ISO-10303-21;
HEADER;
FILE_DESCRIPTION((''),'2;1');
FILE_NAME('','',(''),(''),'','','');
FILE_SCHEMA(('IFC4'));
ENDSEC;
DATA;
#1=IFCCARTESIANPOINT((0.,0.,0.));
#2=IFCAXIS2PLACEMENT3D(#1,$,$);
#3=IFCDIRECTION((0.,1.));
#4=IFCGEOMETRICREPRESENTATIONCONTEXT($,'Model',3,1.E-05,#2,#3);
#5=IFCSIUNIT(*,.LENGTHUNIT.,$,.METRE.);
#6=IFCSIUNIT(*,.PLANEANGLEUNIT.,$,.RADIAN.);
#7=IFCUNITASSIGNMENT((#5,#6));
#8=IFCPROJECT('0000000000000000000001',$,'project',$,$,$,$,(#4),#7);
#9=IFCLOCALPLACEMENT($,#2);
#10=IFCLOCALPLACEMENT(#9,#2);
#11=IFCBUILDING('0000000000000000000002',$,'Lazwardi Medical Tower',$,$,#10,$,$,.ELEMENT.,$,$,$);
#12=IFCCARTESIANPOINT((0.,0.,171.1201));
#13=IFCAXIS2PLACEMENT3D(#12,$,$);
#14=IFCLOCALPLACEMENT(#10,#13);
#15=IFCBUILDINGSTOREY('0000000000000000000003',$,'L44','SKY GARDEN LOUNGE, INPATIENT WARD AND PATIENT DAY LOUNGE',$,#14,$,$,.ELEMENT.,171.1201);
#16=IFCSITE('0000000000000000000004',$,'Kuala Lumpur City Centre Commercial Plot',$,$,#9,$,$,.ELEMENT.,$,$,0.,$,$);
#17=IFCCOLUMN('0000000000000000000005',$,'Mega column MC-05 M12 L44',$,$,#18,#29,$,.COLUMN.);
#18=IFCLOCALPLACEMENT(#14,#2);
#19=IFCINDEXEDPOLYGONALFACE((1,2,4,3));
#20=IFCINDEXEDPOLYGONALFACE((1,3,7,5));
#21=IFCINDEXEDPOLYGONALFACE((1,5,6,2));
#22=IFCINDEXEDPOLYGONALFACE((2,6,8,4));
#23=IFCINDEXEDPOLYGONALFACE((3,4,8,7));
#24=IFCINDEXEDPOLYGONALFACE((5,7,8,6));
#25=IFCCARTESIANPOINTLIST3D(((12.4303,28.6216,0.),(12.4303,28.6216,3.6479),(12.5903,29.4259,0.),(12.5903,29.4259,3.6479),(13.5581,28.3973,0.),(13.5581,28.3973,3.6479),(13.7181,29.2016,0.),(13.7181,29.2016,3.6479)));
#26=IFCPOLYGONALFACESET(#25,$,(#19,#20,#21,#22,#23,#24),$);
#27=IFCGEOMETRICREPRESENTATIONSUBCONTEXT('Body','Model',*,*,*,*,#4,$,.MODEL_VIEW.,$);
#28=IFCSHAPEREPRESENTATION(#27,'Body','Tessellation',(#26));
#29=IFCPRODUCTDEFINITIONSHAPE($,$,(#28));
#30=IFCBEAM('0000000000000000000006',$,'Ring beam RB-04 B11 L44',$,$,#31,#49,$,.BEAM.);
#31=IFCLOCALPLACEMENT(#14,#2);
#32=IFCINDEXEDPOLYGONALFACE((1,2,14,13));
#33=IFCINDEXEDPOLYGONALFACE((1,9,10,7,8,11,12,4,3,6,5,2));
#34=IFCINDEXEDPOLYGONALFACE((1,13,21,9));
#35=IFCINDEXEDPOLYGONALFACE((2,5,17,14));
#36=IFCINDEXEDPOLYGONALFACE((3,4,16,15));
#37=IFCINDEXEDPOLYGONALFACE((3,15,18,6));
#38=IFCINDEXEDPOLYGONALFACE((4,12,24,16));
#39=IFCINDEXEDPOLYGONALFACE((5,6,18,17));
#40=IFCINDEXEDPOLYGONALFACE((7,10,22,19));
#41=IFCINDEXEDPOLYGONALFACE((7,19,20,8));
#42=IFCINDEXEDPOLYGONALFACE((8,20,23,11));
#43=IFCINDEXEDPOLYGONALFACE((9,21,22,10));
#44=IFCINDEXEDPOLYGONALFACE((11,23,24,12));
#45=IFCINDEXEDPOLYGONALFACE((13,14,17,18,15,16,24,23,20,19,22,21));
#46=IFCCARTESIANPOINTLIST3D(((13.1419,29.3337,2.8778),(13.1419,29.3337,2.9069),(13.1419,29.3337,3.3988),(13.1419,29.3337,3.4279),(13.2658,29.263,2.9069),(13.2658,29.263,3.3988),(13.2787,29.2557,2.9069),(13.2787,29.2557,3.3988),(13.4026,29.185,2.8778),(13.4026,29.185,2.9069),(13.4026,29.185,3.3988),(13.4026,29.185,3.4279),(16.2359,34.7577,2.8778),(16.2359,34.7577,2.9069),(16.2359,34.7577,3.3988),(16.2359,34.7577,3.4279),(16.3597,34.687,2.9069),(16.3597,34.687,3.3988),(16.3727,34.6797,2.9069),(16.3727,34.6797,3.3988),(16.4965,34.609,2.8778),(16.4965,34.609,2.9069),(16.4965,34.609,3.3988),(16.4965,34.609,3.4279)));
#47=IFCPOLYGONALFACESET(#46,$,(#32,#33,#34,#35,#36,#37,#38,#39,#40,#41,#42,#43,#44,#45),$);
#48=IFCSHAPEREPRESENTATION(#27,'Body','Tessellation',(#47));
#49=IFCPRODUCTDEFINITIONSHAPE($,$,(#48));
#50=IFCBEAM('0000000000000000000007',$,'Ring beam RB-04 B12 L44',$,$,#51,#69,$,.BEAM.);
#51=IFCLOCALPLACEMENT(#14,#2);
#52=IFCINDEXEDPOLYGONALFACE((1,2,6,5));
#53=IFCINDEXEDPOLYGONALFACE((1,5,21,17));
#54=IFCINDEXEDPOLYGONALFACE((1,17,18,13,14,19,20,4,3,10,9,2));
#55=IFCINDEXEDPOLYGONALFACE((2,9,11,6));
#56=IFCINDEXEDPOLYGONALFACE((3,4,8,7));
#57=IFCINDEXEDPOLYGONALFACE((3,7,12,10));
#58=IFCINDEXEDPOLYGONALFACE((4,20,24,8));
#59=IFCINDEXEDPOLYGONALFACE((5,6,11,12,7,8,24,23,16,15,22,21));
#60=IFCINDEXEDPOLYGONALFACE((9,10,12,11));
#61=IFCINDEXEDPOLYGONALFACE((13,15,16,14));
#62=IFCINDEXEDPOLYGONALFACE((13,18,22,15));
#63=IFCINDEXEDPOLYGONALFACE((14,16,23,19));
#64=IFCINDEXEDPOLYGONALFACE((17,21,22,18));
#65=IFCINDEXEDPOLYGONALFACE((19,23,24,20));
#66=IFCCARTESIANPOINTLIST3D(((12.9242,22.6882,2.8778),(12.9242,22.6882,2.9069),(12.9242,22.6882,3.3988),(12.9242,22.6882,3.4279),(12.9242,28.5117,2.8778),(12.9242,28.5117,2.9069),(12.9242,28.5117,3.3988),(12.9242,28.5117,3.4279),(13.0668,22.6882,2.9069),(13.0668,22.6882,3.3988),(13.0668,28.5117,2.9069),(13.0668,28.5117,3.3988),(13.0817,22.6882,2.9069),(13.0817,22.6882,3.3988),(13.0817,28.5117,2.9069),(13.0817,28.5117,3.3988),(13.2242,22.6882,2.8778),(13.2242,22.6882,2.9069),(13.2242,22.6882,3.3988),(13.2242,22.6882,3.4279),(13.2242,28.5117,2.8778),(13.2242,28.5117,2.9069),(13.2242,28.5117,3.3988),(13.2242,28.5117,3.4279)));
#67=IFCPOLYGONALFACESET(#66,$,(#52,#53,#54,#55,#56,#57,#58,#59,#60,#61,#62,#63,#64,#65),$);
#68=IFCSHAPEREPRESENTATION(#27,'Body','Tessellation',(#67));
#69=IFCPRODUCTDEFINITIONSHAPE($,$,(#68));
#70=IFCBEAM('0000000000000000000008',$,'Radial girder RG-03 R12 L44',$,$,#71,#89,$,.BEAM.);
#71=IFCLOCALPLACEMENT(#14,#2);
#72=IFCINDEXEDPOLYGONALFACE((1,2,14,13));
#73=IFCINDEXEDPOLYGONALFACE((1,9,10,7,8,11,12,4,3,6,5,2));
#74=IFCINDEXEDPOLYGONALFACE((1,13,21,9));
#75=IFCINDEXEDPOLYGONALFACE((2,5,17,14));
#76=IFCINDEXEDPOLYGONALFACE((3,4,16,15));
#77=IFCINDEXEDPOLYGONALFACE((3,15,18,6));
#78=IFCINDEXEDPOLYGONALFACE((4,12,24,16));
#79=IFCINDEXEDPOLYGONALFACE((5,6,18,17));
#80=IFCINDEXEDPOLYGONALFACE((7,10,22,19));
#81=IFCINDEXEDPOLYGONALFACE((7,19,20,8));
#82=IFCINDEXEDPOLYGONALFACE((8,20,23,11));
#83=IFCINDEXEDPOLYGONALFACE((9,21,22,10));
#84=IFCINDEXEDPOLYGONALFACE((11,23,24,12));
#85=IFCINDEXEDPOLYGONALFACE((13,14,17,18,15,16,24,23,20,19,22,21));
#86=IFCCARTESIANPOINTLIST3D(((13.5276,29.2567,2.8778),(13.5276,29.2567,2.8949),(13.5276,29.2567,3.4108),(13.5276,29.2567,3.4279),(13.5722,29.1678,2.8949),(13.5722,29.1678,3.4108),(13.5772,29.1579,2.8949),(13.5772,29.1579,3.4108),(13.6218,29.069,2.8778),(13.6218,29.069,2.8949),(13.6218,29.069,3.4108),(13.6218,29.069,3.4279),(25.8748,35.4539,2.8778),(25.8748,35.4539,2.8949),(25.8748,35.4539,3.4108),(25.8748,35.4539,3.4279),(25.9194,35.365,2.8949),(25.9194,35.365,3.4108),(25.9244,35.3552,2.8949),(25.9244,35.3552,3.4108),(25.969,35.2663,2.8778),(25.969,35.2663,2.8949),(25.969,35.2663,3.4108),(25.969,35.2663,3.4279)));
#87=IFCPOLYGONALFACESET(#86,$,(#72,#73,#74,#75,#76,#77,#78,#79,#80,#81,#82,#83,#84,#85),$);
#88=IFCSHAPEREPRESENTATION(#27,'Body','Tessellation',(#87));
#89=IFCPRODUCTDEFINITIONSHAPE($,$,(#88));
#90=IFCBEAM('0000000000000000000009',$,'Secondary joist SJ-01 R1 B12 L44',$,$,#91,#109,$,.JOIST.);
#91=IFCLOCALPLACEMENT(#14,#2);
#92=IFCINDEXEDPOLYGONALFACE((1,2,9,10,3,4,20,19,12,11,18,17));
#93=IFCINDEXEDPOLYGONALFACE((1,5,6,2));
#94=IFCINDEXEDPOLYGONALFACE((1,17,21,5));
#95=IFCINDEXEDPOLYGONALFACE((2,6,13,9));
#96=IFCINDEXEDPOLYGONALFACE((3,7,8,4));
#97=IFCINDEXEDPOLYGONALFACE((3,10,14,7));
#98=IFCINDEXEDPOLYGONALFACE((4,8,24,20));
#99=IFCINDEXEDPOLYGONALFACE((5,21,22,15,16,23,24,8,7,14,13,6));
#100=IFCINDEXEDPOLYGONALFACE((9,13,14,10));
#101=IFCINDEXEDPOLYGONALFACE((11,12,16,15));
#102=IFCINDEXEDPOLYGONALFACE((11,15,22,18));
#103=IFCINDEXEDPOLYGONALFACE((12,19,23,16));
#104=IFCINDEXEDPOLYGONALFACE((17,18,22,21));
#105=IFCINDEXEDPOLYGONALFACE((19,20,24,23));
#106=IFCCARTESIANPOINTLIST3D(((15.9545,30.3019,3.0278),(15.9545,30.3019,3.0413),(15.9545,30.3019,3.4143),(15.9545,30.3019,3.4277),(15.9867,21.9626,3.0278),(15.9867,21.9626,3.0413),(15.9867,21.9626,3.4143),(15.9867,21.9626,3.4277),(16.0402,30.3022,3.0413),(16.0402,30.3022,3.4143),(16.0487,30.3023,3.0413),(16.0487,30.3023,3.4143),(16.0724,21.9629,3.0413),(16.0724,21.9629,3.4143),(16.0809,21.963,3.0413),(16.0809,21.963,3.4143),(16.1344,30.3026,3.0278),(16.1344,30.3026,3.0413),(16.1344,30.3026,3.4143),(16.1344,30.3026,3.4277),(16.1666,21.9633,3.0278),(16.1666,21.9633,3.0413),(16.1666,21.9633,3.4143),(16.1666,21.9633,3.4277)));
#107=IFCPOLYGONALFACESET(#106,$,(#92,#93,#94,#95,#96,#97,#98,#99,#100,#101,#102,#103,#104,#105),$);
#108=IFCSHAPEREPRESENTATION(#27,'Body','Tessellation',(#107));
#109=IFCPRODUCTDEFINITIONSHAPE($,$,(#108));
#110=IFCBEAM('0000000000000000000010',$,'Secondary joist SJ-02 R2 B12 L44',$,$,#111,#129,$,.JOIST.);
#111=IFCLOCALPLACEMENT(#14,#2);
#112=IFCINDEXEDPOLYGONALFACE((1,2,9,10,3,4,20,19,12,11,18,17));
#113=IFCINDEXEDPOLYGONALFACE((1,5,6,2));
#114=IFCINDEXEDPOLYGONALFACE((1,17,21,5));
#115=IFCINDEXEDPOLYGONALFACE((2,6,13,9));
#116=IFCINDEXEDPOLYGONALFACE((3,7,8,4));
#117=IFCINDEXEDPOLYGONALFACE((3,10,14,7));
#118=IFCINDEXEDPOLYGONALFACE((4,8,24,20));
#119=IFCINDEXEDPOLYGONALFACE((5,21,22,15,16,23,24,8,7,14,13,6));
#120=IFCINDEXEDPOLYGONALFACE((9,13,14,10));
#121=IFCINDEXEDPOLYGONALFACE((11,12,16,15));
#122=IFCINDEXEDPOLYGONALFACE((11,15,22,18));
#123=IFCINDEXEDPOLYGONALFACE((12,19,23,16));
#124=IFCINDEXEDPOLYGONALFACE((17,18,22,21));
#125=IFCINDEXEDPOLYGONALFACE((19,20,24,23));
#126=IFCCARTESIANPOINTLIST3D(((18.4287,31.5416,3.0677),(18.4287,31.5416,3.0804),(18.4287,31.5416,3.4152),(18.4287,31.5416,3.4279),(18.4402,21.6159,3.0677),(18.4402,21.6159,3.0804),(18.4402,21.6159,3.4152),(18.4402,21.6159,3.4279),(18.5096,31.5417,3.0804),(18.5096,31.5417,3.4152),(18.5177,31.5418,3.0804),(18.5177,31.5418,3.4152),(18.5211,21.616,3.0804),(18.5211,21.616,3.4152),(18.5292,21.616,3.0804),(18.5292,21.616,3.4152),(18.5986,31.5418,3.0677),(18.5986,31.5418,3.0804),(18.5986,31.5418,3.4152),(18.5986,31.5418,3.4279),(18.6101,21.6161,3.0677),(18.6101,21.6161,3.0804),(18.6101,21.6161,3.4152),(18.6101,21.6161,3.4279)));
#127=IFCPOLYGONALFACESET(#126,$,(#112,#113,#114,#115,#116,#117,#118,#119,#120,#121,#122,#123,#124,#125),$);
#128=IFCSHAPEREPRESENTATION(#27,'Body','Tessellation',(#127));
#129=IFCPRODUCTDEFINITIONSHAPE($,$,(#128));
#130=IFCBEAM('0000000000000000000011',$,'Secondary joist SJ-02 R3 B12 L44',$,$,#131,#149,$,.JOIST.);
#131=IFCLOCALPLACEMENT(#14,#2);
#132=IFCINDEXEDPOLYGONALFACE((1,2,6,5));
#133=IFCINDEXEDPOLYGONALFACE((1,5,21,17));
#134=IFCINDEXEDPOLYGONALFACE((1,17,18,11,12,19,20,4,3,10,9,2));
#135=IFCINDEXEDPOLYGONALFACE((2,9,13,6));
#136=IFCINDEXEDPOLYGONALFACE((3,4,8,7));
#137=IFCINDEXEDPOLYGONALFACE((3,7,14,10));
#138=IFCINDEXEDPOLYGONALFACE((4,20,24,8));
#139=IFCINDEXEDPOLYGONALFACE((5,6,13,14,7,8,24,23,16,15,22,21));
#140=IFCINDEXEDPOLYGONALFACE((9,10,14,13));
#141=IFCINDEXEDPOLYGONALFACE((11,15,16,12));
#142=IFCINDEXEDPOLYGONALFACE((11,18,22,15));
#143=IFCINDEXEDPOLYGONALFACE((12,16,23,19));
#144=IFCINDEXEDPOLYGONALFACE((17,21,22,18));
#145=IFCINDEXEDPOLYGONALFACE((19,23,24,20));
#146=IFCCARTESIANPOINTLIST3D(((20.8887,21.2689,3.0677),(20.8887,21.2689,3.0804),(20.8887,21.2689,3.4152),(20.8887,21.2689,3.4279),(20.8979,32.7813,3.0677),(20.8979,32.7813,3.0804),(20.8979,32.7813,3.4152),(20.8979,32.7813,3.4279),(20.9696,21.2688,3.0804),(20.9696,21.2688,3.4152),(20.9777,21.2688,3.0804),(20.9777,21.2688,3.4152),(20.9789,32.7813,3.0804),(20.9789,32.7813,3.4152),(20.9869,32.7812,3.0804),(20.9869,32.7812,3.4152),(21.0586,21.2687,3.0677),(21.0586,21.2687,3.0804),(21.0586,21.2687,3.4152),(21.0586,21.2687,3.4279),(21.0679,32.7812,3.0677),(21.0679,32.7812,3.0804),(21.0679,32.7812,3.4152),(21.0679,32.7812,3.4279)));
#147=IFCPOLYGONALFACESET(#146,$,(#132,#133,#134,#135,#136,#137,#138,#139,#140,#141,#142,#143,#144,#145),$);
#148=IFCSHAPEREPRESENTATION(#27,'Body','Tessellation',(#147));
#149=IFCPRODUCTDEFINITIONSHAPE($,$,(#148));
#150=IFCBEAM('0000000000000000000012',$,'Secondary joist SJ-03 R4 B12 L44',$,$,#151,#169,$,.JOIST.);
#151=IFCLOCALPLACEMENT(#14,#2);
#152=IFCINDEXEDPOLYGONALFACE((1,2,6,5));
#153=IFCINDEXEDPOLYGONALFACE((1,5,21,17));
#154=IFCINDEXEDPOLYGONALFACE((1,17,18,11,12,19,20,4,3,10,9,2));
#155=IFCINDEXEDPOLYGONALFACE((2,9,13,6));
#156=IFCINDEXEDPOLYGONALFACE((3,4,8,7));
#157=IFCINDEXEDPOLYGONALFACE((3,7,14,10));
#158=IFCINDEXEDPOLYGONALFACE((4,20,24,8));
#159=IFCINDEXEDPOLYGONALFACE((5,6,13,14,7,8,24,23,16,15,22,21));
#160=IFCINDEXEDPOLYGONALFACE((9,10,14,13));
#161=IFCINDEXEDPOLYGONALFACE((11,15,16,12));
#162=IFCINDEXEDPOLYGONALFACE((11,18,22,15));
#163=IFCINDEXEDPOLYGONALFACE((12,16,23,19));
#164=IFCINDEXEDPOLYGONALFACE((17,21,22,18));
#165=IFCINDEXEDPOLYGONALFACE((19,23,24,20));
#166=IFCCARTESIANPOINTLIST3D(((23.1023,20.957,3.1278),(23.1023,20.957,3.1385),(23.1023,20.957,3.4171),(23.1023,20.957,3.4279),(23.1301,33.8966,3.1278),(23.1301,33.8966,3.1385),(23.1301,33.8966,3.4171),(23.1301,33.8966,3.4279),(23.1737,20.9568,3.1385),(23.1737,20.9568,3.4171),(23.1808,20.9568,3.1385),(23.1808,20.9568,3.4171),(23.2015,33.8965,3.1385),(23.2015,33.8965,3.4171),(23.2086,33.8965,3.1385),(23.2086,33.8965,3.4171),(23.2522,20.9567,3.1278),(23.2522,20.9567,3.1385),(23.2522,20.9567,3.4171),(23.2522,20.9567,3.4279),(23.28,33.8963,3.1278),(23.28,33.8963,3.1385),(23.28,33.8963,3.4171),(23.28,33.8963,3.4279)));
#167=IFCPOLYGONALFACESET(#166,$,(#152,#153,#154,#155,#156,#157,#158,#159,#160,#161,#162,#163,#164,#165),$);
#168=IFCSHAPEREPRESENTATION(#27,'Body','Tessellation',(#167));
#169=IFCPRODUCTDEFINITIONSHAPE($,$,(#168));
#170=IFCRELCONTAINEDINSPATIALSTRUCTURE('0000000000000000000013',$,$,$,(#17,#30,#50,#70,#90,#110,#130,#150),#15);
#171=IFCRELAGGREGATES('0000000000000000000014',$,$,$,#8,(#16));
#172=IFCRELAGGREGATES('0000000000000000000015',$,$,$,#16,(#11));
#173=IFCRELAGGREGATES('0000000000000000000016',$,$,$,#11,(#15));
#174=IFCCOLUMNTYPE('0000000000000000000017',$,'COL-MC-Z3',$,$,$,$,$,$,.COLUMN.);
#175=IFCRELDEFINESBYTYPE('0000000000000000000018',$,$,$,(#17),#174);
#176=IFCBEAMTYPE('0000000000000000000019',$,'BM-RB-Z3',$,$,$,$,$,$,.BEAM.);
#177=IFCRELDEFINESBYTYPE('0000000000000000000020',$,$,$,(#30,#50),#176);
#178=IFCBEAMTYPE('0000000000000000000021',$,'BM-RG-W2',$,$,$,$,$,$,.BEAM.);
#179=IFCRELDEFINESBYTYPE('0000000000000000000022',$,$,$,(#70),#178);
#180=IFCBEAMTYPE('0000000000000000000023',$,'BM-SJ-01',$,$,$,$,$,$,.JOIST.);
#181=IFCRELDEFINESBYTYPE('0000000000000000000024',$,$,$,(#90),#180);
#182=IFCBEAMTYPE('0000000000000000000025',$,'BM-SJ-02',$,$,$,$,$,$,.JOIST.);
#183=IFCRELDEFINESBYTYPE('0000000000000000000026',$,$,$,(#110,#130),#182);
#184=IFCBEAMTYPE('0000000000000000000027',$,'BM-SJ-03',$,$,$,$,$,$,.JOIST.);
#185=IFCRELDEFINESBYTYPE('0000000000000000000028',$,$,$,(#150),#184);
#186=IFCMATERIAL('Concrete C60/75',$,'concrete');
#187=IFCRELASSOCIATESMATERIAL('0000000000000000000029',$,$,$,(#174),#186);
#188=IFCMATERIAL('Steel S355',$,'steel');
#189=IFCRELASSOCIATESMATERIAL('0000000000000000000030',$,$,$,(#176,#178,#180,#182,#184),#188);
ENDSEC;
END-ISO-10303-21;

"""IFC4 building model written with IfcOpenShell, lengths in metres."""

from ifc_helpers import new_model, si_unit, direction, frame, origin, origin_2d, place, context, subcontext, project, spatial, rectangle, i_section, extrude, material, material_profile, profile_set, type_object, element, save


model = new_model("IFC4")

# Units and contexts
model_context = context("Model", 3, precision=1e-05, world=origin(), true_north=direction((0.0, 1.0)))
body_context = subcontext(model_context, "Body", "Model", "MODEL_VIEW")
ifc_project = project(units=[si_unit("LENGTHUNIT", "METRE"), si_unit("PLANEANGLEUNIT", "RADIAN")], contexts=[model_context])

# Site, building, storey
site_placement = place(None, origin())
site = spatial("IfcSite", under=ifc_project, at=site_placement, Name="Kuala Lumpur City Centre Commercial Plot", CompositionType="ELEMENT", RefElevation=0.0)
building_placement = place(site_placement, origin())
building = spatial("IfcBuilding", under=site, at=building_placement, Name="Lazwardi Medical Tower", CompositionType="ELEMENT")
storey_placement = place(building_placement, frame((0.0, 0.0, 171.1201)))
storey = spatial("IfcBuildingStorey", under=building, at=storey_placement, Name="L44", Description="SKY GARDEN LOUNGE, INPATIENT WARD AND PATIENT DAY LOUNGE", CompositionType="ELEMENT", Elevation=171.1201)

# Column
ifc_material_1 = material(Name="Concrete C60/75", Category="concrete")
ifc_material_profile_1 = material_profile(ifc_material_1, rectangle(XDim=1.1499, YDim=0.8201, at=origin_2d()), Name="CFT-RECT 1150x820")
ifc_profile_set_1 = profile_set([ifc_material_profile_1], Name="Concrete C60/75")
column_type = type_object("IfcColumnType", Name="COL-MC-Z3", PredefinedType="COLUMN", material=ifc_profile_set_1)
column_placement = place(storey_placement, frame((13.0742, 28.9116, 0.0), z_axis=(0.0, 0.0, 1.0), x_axis=(-0.980785, 0.19509, 0.0)))
element("IfcColumn", 1, at=column_placement, inside=storey, type_object=column_type, Name="Mega column MC-05 M12 L44", PredefinedType="COLUMN", context=body_context, shape_type="SweptSolid", body=[
    extrude(rectangle(XDim=1.1499, YDim=0.8201, at=origin_2d()), origin(), (0.0, 0.0, 1.0), 3.6479),
])

# Beams
ifc_material_2 = material(Name="Steel S355", Category="steel")
ifc_material_profile_2 = material_profile(ifc_material_2, i_section(OverallWidth=0.3, OverallDepth=0.55, WebThickness=0.0149, FlangeThickness=0.0291, at=origin_2d()), Name="HEB 550")
ifc_profile_set_2 = profile_set([ifc_material_profile_2], Name="Steel S355")
beam_type_1 = type_object("IfcBeamType", Name="BM-RB-Z3", PredefinedType="BEAM", material=ifc_profile_set_2)
beam_1_placement = place(storey_placement, frame((16.3662, 34.6833, 3.1528), z_axis=(-0.495478, -0.868621, 0.0), x_axis=(0.868621, -0.495478, 0.0)))
element("IfcBeam", 2, at=beam_1_placement, inside=storey, type_object=beam_type_1, Name="Ring beam RB-04 B11 L44", PredefinedType="BEAM", context=body_context, shape_type="SweptSolid", body=[
    extrude(i_section(OverallWidth=0.3, OverallDepth=0.55, WebThickness=0.0149, FlangeThickness=0.0291, at=origin_2d()), origin(), (0.0, 0.0, 1.0), 6.2444),
])
beam_2_placement = place(storey_placement, frame((13.0742, 28.5117, 3.1528), z_axis=(0.0, -1.0, 0.0), x_axis=(1.0, 0.0, 0.0)))
element("IfcBeam", 3, at=beam_2_placement, inside=storey, type_object=beam_type_1, Name="Ring beam RB-04 B12 L44", PredefinedType="BEAM", context=body_context, shape_type="SweptSolid", body=[
    extrude(i_section(OverallWidth=0.3, OverallDepth=0.55, WebThickness=0.0149, FlangeThickness=0.0291, at=origin_2d()), origin(), (0.0, 0.0, 1.0), 5.8235),
])
ifc_material_profile_3 = material_profile(ifc_material_2, i_section(OverallWidth=0.21, OverallDepth=0.55, WebThickness=0.011, FlangeThickness=0.0171, at=origin_2d()), Name="IPE 550")
ifc_profile_set_3 = profile_set([ifc_material_profile_3], Name="Steel S355")
beam_type_2 = type_object("IfcBeamType", Name="BM-RG-W2", PredefinedType="BEAM", material=ifc_profile_set_3)
beam_3_placement = place(storey_placement, frame((13.5747, 29.1628, 3.1528), z_axis=(0.89374, 0.448584, 0.0), x_axis=(-0.448584, 0.89374, 0.0)))
element("IfcBeam", 4, at=beam_3_placement, inside=storey, type_object=beam_type_2, Name="Radial girder RG-03 R12 L44", PredefinedType="BEAM", context=body_context, shape_type="SweptSolid", body=[
    extrude(i_section(OverallWidth=0.21, OverallDepth=0.55, WebThickness=0.011, FlangeThickness=0.0171, at=origin_2d()), origin(), (0.0, 0.0, 1.0), 13.8152),
])
ifc_material_profile_4 = material_profile(ifc_material_2, i_section(OverallWidth=0.1799, OverallDepth=0.3999, WebThickness=0.0085, FlangeThickness=0.0134, at=origin_2d()), Name="IPE 400")
ifc_profile_set_4 = profile_set([ifc_material_profile_4], Name="Steel S355")
beam_type_3 = type_object("IfcBeamType", Name="BM-SJ-01", PredefinedType="JOIST", material=ifc_profile_set_4)
beam_4_placement = place(storey_placement, frame((16.0444, 30.3022, 3.2278), z_axis=(0.003864, -0.999993, 0.0), x_axis=(0.999993, 0.003864, 0.0)))
element("IfcBeam", 5, at=beam_4_placement, inside=storey, type_object=beam_type_3, Name="Secondary joist SJ-01 R1 B12 L44", PredefinedType="JOIST", context=body_context, shape_type="SweptSolid", body=[
    extrude(i_section(OverallWidth=0.1799, OverallDepth=0.3999, WebThickness=0.0085, FlangeThickness=0.0134, at=origin_2d()), origin(), (0.0, 0.0, 1.0), 8.3394),
])
ifc_material_profile_5 = material_profile(ifc_material_2, i_section(OverallWidth=0.1699, OverallDepth=0.3601, WebThickness=0.0081, FlangeThickness=0.0127, at=origin_2d()), Name="IPE 360")
ifc_profile_set_5 = profile_set([ifc_material_profile_5], Name="Steel S355")
beam_type_4 = type_object("IfcBeamType", Name="BM-SJ-02", PredefinedType="JOIST", material=ifc_profile_set_5)
beam_5_placement = place(storey_placement, frame((18.5137, 31.5417, 3.2478), z_axis=(0.001156, -0.999999, 0.0), x_axis=(0.999999, 0.001156, 0.0)))
element("IfcBeam", 6, at=beam_5_placement, inside=storey, type_object=beam_type_4, Name="Secondary joist SJ-02 R2 B12 L44", PredefinedType="JOIST", context=body_context, shape_type="SweptSolid", body=[
    extrude(i_section(OverallWidth=0.1699, OverallDepth=0.3601, WebThickness=0.0081, FlangeThickness=0.0127, at=origin_2d()), origin(), (0.0, 0.0, 1.0), 9.9258),
])
beam_6_placement = place(storey_placement, frame((20.9829, 32.7812, 3.2478), z_axis=(-0.000806, -1.0, 0.0), x_axis=(1.0, -0.000806, 0.0)))
element("IfcBeam", 7, at=beam_6_placement, inside=storey, type_object=beam_type_4, Name="Secondary joist SJ-02 R3 B12 L44", PredefinedType="JOIST", context=body_context, shape_type="SweptSolid", body=[
    extrude(i_section(OverallWidth=0.1699, OverallDepth=0.3601, WebThickness=0.0081, FlangeThickness=0.0127, at=origin_2d()), origin(), (0.0, 0.0, 1.0), 11.5125),
])
ifc_material_profile_6 = material_profile(ifc_material_2, i_section(OverallWidth=0.1499, OverallDepth=0.3, WebThickness=0.0071, FlangeThickness=0.0107, at=origin_2d()), Name="IPE 300")
ifc_profile_set_6 = profile_set([ifc_material_profile_6], Name="Steel S355")
beam_type_5 = type_object("IfcBeamType", Name="BM-SJ-03", PredefinedType="JOIST", material=ifc_profile_set_6)
beam_7_placement = place(storey_placement, frame((23.2051, 33.8965, 3.2778), z_axis=(-0.002151, -0.999998, 0.0), x_axis=(0.999998, -0.002151, 0.0)))
element("IfcBeam", 8, at=beam_7_placement, inside=storey, type_object=beam_type_5, Name="Secondary joist SJ-03 R4 B12 L44", PredefinedType="JOIST", context=body_context, shape_type="SweptSolid", body=[
    extrude(i_section(OverallWidth=0.1499, OverallDepth=0.3, WebThickness=0.0071, FlangeThickness=0.0107, at=origin_2d()), origin(), (0.0, 0.0, 1.0), 12.9397),
])

save(model, "model.ifc")
